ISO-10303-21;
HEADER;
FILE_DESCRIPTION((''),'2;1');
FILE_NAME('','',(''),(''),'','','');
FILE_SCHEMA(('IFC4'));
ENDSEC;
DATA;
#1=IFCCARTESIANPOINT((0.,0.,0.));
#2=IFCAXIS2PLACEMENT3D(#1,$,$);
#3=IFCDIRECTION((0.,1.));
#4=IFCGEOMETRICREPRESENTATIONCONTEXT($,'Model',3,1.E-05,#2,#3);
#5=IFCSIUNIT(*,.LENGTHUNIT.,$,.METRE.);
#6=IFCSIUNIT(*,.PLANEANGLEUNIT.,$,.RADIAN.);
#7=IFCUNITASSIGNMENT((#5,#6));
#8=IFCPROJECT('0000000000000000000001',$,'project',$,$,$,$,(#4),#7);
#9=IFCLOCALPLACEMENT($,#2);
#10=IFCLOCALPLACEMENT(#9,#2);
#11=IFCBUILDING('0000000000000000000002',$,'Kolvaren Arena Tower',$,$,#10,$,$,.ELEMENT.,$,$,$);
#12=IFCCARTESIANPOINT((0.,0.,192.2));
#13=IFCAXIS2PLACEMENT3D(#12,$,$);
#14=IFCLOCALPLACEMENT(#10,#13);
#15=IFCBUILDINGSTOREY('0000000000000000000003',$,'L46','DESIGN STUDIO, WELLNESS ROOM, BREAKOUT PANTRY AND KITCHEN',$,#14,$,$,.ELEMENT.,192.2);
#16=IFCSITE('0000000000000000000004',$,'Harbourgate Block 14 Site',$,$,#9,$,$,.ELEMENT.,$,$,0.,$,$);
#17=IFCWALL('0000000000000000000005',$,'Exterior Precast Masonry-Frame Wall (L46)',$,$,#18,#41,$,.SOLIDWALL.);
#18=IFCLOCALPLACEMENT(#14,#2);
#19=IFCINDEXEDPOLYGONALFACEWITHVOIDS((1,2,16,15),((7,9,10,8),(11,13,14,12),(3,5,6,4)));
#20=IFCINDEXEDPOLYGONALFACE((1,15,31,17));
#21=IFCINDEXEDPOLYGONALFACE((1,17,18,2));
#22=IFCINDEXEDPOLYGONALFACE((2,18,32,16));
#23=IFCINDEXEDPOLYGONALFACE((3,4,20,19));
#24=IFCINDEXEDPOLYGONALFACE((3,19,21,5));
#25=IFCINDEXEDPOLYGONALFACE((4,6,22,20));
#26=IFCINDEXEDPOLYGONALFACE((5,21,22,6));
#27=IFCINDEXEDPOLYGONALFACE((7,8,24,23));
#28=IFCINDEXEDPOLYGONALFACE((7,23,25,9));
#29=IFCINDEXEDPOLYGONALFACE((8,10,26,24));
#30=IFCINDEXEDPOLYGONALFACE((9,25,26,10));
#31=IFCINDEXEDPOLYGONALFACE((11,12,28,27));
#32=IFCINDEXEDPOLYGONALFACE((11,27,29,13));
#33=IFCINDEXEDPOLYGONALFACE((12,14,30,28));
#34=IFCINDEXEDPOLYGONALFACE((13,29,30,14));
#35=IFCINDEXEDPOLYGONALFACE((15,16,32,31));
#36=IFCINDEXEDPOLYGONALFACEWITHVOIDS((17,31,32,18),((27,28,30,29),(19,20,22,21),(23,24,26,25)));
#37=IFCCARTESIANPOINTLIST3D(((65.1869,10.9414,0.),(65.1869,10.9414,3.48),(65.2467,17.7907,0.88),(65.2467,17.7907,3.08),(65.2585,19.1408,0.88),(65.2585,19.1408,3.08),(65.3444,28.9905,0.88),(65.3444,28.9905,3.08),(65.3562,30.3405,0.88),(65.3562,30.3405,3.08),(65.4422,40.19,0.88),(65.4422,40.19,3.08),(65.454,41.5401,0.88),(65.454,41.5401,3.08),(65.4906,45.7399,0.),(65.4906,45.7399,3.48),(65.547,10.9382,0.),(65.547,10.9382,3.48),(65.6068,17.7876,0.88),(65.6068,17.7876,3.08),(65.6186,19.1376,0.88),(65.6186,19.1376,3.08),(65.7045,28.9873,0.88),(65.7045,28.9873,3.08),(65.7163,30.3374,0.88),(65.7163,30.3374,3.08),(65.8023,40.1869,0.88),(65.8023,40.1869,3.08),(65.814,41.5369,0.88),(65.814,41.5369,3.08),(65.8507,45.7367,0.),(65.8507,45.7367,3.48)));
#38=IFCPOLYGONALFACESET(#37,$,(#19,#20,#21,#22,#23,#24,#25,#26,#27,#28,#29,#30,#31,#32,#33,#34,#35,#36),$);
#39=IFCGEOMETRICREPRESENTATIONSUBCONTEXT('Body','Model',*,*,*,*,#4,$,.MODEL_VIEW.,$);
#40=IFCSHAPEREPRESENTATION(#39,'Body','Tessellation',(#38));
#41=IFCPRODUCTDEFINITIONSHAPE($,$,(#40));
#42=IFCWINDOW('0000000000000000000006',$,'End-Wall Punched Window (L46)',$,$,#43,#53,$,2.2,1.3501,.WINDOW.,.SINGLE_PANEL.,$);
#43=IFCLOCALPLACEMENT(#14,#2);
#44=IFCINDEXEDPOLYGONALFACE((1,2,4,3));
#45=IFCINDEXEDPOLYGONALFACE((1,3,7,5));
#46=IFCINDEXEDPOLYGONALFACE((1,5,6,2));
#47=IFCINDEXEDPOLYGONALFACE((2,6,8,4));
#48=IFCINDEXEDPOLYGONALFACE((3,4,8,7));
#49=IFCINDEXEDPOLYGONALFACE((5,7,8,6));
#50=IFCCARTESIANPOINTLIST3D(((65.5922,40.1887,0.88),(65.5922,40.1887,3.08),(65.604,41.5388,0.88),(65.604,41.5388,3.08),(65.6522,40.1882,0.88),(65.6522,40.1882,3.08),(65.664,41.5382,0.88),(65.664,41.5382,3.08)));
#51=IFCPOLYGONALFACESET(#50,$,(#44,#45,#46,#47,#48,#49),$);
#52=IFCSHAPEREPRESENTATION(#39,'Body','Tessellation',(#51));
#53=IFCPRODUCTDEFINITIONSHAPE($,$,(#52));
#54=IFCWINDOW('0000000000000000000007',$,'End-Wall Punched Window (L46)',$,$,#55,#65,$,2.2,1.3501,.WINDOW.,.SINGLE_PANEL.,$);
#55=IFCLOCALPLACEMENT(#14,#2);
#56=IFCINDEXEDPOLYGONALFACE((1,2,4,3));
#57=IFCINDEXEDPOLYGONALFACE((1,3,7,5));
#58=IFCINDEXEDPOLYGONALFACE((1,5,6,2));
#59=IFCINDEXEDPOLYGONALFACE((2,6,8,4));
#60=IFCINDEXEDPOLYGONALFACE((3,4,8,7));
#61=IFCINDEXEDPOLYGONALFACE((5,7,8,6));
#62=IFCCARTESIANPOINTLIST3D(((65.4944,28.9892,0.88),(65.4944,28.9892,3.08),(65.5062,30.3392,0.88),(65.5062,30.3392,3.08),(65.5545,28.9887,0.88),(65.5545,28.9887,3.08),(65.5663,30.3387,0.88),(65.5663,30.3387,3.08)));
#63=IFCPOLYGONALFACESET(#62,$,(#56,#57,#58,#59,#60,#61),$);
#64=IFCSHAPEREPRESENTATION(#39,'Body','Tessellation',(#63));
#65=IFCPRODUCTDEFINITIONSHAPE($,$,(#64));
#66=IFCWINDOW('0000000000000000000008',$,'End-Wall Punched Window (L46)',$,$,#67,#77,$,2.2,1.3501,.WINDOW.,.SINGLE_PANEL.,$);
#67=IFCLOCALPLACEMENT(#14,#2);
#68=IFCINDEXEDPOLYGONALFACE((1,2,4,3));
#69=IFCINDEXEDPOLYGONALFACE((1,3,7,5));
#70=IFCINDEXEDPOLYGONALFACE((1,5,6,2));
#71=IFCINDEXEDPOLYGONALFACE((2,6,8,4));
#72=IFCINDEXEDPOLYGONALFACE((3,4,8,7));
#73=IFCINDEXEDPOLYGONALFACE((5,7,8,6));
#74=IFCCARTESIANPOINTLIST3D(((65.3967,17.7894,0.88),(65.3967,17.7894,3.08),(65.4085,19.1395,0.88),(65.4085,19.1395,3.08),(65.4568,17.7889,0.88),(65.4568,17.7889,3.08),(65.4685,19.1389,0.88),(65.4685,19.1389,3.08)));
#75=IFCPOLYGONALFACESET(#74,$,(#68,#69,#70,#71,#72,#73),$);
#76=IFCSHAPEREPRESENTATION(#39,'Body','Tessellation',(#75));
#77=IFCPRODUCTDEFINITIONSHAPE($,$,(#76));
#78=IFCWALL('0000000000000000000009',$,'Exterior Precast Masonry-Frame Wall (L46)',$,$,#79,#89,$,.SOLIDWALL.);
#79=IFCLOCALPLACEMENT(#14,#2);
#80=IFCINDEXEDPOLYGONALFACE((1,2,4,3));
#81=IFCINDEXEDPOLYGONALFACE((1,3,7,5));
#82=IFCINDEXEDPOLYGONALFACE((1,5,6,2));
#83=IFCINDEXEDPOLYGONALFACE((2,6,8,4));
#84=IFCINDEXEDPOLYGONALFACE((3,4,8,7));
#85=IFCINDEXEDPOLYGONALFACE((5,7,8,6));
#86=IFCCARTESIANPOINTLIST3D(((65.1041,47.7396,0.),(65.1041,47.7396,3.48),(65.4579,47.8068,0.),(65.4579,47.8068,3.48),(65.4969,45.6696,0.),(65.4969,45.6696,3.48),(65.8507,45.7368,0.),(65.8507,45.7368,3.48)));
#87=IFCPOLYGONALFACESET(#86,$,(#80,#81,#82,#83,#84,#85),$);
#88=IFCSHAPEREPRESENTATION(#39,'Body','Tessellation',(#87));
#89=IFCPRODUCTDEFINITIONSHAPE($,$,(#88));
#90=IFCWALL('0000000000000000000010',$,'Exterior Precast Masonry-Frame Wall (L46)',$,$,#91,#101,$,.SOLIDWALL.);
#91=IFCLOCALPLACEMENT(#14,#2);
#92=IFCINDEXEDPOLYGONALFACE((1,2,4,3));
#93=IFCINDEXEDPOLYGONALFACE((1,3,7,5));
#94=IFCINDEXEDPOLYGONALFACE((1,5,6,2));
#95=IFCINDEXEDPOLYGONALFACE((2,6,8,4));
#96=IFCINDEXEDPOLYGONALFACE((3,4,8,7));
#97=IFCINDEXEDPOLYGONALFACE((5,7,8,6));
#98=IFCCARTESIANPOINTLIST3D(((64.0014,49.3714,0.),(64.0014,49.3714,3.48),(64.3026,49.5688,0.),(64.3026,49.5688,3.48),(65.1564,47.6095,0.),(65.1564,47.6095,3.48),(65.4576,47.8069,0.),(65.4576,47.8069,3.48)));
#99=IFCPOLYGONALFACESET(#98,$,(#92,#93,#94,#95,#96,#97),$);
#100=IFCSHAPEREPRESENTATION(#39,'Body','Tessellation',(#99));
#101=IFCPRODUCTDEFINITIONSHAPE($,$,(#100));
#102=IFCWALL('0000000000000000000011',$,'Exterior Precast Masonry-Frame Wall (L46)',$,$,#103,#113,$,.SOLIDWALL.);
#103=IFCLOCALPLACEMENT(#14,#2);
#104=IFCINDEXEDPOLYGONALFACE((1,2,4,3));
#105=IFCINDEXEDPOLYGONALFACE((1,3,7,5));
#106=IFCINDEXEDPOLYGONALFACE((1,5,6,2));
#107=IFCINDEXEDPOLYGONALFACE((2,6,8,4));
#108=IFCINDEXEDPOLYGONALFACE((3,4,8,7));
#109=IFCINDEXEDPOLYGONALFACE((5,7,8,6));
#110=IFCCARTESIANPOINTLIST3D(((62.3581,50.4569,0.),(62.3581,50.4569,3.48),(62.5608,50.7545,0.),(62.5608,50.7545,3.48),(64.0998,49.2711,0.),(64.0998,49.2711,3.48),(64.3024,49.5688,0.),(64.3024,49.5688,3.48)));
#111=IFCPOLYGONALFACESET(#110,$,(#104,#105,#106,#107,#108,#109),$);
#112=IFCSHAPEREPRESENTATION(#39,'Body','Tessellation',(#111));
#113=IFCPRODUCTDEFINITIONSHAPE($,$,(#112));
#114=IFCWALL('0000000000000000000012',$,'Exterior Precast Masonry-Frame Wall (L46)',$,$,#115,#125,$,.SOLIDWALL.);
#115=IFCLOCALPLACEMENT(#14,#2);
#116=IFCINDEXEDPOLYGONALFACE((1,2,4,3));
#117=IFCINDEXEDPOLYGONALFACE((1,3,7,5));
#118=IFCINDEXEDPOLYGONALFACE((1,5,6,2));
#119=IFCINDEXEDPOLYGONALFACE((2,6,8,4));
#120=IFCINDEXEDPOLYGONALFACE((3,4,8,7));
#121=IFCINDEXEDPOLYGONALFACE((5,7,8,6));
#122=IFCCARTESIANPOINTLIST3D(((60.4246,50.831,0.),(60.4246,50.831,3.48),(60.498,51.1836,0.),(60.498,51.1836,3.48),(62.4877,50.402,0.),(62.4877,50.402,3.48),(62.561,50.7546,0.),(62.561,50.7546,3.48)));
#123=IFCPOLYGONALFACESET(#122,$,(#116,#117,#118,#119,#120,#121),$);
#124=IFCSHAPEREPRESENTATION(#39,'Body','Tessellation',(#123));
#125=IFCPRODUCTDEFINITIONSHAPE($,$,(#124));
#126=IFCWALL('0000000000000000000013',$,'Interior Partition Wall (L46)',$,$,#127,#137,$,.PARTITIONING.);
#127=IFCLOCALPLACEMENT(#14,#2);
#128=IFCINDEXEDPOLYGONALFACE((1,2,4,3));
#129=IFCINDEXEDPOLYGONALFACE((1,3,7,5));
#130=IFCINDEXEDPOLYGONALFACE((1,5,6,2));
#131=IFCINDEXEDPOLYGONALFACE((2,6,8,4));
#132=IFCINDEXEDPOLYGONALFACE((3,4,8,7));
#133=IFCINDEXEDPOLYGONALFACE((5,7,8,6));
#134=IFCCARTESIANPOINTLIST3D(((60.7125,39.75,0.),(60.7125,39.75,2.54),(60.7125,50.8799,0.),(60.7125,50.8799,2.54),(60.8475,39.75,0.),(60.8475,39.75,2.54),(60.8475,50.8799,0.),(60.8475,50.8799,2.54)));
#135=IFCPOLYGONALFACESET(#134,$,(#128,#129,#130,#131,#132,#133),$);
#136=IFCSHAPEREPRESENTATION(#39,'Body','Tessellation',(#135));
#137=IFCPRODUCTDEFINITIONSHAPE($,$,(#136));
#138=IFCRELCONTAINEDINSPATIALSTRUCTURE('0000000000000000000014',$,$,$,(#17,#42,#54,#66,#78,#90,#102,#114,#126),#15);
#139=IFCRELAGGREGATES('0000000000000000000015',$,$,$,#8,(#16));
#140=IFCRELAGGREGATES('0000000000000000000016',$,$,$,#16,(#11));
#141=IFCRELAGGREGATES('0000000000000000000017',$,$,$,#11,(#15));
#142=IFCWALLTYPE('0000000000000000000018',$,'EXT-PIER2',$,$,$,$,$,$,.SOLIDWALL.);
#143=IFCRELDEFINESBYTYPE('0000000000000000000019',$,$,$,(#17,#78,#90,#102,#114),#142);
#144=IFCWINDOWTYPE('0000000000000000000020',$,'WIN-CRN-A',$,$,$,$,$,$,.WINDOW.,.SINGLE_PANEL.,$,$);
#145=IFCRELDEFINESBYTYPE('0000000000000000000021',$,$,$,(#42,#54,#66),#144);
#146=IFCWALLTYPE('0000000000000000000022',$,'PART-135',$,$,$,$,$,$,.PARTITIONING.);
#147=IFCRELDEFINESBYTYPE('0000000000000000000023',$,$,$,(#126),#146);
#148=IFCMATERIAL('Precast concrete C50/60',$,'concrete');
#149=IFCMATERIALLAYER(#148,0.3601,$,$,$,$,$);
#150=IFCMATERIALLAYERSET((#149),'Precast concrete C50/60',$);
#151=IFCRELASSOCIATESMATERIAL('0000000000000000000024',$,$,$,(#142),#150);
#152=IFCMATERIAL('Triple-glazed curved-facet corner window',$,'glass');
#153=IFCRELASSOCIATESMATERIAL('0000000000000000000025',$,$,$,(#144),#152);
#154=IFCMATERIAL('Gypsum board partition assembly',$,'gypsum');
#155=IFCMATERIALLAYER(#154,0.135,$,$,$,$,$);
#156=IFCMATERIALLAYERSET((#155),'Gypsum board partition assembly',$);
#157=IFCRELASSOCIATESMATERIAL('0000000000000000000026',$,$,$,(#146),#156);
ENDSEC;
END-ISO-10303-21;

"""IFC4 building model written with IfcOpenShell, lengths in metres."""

from ifc_helpers import new_model, si_unit, direction, frame, frame_2d, origin, place, context, subcontext, project, spatial, rectangle, extrude, material, layer, layer_set, type_object, element, fill, save


model = new_model("IFC4")

# Units and contexts
model_context = context("Model", 3, precision=1e-05, world=origin(), true_north=direction((0.0, 1.0)))
body_context = subcontext(model_context, "Body", "Model", "MODEL_VIEW")
ifc_project = project(units=[si_unit("LENGTHUNIT", "METRE"), si_unit("PLANEANGLEUNIT", "RADIAN")], contexts=[model_context])

# Site, building, storey
site_placement = place(None, origin())
site = spatial("IfcSite", under=ifc_project, at=site_placement, Name="Harbourgate Block 14 Site", CompositionType="ELEMENT", RefElevation=0.0)
building_placement = place(site_placement, origin())
building = spatial("IfcBuilding", under=site, at=building_placement, Name="Kolvaren Arena Tower", CompositionType="ELEMENT")
storey_placement = place(building_placement, frame((0.0, 0.0, 192.2)))
storey = spatial("IfcBuildingStorey", under=building, at=storey_placement, Name="L46", Description="DESIGN STUDIO, WELLNESS ROOM, BREAKOUT PANTRY AND KITCHEN", CompositionType="ELEMENT", Elevation=192.2)

# Wall, openings, windows
ifc_material_1 = material(Name="Precast concrete C50/60", Category="concrete")
ifc_layer_1 = layer(ifc_material_1, 0.3601)
ifc_layer_set_1 = layer_set([ifc_layer_1], Name="Precast concrete C50/60")
wall_type_1 = type_object("IfcWallType", Name="EXT-PIER2", PredefinedType="SOLIDWALL", material=ifc_layer_set_1)
wall_1_placement = place(storey_placement, frame((65.6707, 45.7383, 0.0), z_axis=(0.0, 0.0, 1.0), x_axis=(-0.008727, -0.999962, 0.0)))
wall_1 = element("IfcWall", 1, at=wall_1_placement, inside=storey, type_object=wall_type_1, Name="Exterior Precast Masonry-Frame Wall (L46)", PredefinedType="SOLIDWALL", context=body_context, shape_type="SweptSolid", body=[
    extrude(rectangle(XDim=34.7998, YDim=0.3601, at=frame_2d((17.3999, 0.0))), origin(), (0.0, 0.0, 1.0), 3.48),
])
opening_1_placement = place(wall_1_placement, frame((4.2, 0.0, 0.8799)))
opening_1 = element("IfcOpeningElement", 2, at=opening_1_placement, cuts=wall_1, PredefinedType="OPENING", context=body_context, shape_type="SweptSolid", body=[
    extrude(rectangle(XDim=1.3501, YDim=2.2, at=frame_2d((0.675, 1.1001))), frame((0.0, 0.1899, 0.0), z_axis=(0.0, -1.0, 0.0), x_axis=(1.0, 0.0, 0.0)), (0.0, 0.0, 1.0), 0.3801),
])
opening_2_placement = place(wall_1_placement, frame((15.3999, 0.0, 0.8799)))
opening_2 = element("IfcOpeningElement", 3, at=opening_2_placement, cuts=wall_1, PredefinedType="OPENING", context=body_context, shape_type="SweptSolid", body=[
    extrude(rectangle(XDim=1.3501, YDim=2.2, at=frame_2d((0.675, 1.1001))), frame((0.0, 0.1899, 0.0), z_axis=(0.0, -1.0, 0.0), x_axis=(1.0, 0.0, 0.0)), (0.0, 0.0, 1.0), 0.3801),
])
opening_3_placement = place(wall_1_placement, frame((26.6001, 0.0, 0.8799)))
opening_3 = element("IfcOpeningElement", 4, at=opening_3_placement, cuts=wall_1, PredefinedType="OPENING", context=body_context, shape_type="SweptSolid", body=[
    extrude(rectangle(XDim=1.3501, YDim=2.2, at=frame_2d((0.675, 1.1001))), frame((0.0, 0.1899, 0.0), z_axis=(0.0, -1.0, 0.0), x_axis=(1.0, 0.0, 0.0)), (0.0, 0.0, 1.0), 0.3801),
])
ifc_material_2 = material(Name="Triple-glazed curved-facet corner window", Category="glass")
window_type = type_object("IfcWindowType", Name="WIN-CRN-A", PartitioningType="SINGLE_PANEL", PredefinedType="WINDOW", material=ifc_material_2)
window_1_placement = place(opening_1_placement, origin())
window_1 = element("IfcWindow", 5, at=window_1_placement, inside=storey, type_object=window_type, Name="End-Wall Punched Window (L46)", OverallHeight=2.2, OverallWidth=1.3501, PartitioningType="SINGLE_PANEL", PredefinedType="WINDOW", context=body_context, shape_type="SweptSolid", body=[
    extrude(rectangle(XDim=1.3501, YDim=2.2, at=frame_2d((0.675, 1.1001))), frame((0.0, 0.03, 0.0), z_axis=(0.0, -1.0, 0.0), x_axis=(1.0, 0.0, 0.0)), (0.0, 0.0, 1.0), 0.0601),
])
fill(opening_1, window_1)
window_2_placement = place(opening_2_placement, origin())
window_2 = element("IfcWindow", 6, at=window_2_placement, inside=storey, type_object=window_type, Name="End-Wall Punched Window (L46)", OverallHeight=2.2, OverallWidth=1.3501, PartitioningType="SINGLE_PANEL", PredefinedType="WINDOW", context=body_context, shape_type="SweptSolid", body=[
    extrude(rectangle(XDim=1.3501, YDim=2.2, at=frame_2d((0.675, 1.1001))), frame((0.0, 0.03, 0.0), z_axis=(0.0, -1.0, 0.0), x_axis=(1.0, 0.0, 0.0)), (0.0, 0.0, 1.0), 0.0601),
])
fill(opening_2, window_2)
window_3_placement = place(opening_3_placement, origin())
window_3 = element("IfcWindow", 7, at=window_3_placement, inside=storey, type_object=window_type, Name="End-Wall Punched Window (L46)", OverallHeight=2.2, OverallWidth=1.3501, PartitioningType="SINGLE_PANEL", PredefinedType="WINDOW", context=body_context, shape_type="SweptSolid", body=[
    extrude(rectangle(XDim=1.3501, YDim=2.2, at=frame_2d((0.675, 1.1001))), frame((0.0, 0.03, 0.0), z_axis=(0.0, -1.0, 0.0), x_axis=(1.0, 0.0, 0.0)), (0.0, 0.0, 1.0), 0.0601),
])
fill(opening_3, window_3)

# Walls
wall_2_placement = place(storey_placement, frame((65.281, 47.7732, 0.0), z_axis=(0.0, 0.0, 1.0), x_axis=(0.186436, -0.982467, 0.0)))
element("IfcWall", 8, at=wall_2_placement, inside=storey, type_object=wall_type_1, Name="Exterior Precast Masonry-Frame Wall (L46)", PredefinedType="SOLIDWALL", context=body_context, shape_type="SweptSolid", body=[
    extrude(rectangle(XDim=2.1069, YDim=0.3601, at=frame_2d((1.0535, 0.0))), origin(), (0.0, 0.0, 1.0), 3.48),
])
wall_3_placement = place(storey_placement, frame((64.1521, 49.47, 0.0), z_axis=(0.0, 0.0, 1.0), x_axis=(0.548239, -0.836322, 0.0)))
element("IfcWall", 9, at=wall_3_placement, inside=storey, type_object=wall_type_1, Name="Exterior Precast Masonry-Frame Wall (L46)", PredefinedType="SOLIDWALL", context=body_context, shape_type="SweptSolid", body=[
    extrude(rectangle(XDim=2.1067, YDim=0.3601, at=frame_2d((1.0532, 0.0))), origin(), (0.0, 0.0, 1.0), 3.48),
])
wall_4_placement = place(storey_placement, frame((62.4595, 50.6057, 0.0), z_axis=(0.0, 0.0, 1.0), x_axis=(0.82661, -0.562776, 0.0)))
element("IfcWall", 10, at=wall_4_placement, inside=storey, type_object=wall_type_1, Name="Exterior Precast Masonry-Frame Wall (L46)", PredefinedType="SOLIDWALL", context=body_context, shape_type="SweptSolid", body=[
    extrude(rectangle(XDim=2.1069, YDim=0.3601, at=frame_2d((1.0535, 0.0))), origin(), (0.0, 0.0, 1.0), 3.48),
])
wall_5_placement = place(storey_placement, frame((60.4612, 51.0073, 0.0), z_axis=(0.0, 0.0, 1.0), x_axis=(0.979059, -0.203575, 0.0)))
element("IfcWall", 11, at=wall_5_placement, inside=storey, type_object=wall_type_1, Name="Exterior Precast Masonry-Frame Wall (L46)", PredefinedType="SOLIDWALL", context=body_context, shape_type="SweptSolid", body=[
    extrude(rectangle(XDim=2.1072, YDim=0.3601, at=frame_2d((1.0537, 0.0))), origin(), (0.0, 0.0, 1.0), 3.48),
])
ifc_material_3 = material(Name="Gypsum board partition assembly", Category="gypsum")
ifc_layer_2 = layer(ifc_material_3, 0.135)
ifc_layer_set_2 = layer_set([ifc_layer_2], Name="Gypsum board partition assembly")
wall_type_2 = type_object("IfcWallType", Name="PART-135", PredefinedType="PARTITIONING", material=ifc_layer_set_2)
wall_6_placement = place(storey_placement, frame((60.78, 39.75, 0.0), z_axis=(0.0, 0.0, 1.0), x_axis=(0.0, 1.0, 0.0)))
element("IfcWall", 12, at=wall_6_placement, inside=storey, type_object=wall_type_2, Name="Interior Partition Wall (L46)", PredefinedType="PARTITIONING", context=body_context, shape_type="SweptSolid", body=[
    extrude(rectangle(XDim=11.1299, YDim=0.135, at=frame_2d((5.5649, 0.0))), origin(), (0.0, 0.0, 1.0), 2.54),
])

save(model, "model.ifc")
